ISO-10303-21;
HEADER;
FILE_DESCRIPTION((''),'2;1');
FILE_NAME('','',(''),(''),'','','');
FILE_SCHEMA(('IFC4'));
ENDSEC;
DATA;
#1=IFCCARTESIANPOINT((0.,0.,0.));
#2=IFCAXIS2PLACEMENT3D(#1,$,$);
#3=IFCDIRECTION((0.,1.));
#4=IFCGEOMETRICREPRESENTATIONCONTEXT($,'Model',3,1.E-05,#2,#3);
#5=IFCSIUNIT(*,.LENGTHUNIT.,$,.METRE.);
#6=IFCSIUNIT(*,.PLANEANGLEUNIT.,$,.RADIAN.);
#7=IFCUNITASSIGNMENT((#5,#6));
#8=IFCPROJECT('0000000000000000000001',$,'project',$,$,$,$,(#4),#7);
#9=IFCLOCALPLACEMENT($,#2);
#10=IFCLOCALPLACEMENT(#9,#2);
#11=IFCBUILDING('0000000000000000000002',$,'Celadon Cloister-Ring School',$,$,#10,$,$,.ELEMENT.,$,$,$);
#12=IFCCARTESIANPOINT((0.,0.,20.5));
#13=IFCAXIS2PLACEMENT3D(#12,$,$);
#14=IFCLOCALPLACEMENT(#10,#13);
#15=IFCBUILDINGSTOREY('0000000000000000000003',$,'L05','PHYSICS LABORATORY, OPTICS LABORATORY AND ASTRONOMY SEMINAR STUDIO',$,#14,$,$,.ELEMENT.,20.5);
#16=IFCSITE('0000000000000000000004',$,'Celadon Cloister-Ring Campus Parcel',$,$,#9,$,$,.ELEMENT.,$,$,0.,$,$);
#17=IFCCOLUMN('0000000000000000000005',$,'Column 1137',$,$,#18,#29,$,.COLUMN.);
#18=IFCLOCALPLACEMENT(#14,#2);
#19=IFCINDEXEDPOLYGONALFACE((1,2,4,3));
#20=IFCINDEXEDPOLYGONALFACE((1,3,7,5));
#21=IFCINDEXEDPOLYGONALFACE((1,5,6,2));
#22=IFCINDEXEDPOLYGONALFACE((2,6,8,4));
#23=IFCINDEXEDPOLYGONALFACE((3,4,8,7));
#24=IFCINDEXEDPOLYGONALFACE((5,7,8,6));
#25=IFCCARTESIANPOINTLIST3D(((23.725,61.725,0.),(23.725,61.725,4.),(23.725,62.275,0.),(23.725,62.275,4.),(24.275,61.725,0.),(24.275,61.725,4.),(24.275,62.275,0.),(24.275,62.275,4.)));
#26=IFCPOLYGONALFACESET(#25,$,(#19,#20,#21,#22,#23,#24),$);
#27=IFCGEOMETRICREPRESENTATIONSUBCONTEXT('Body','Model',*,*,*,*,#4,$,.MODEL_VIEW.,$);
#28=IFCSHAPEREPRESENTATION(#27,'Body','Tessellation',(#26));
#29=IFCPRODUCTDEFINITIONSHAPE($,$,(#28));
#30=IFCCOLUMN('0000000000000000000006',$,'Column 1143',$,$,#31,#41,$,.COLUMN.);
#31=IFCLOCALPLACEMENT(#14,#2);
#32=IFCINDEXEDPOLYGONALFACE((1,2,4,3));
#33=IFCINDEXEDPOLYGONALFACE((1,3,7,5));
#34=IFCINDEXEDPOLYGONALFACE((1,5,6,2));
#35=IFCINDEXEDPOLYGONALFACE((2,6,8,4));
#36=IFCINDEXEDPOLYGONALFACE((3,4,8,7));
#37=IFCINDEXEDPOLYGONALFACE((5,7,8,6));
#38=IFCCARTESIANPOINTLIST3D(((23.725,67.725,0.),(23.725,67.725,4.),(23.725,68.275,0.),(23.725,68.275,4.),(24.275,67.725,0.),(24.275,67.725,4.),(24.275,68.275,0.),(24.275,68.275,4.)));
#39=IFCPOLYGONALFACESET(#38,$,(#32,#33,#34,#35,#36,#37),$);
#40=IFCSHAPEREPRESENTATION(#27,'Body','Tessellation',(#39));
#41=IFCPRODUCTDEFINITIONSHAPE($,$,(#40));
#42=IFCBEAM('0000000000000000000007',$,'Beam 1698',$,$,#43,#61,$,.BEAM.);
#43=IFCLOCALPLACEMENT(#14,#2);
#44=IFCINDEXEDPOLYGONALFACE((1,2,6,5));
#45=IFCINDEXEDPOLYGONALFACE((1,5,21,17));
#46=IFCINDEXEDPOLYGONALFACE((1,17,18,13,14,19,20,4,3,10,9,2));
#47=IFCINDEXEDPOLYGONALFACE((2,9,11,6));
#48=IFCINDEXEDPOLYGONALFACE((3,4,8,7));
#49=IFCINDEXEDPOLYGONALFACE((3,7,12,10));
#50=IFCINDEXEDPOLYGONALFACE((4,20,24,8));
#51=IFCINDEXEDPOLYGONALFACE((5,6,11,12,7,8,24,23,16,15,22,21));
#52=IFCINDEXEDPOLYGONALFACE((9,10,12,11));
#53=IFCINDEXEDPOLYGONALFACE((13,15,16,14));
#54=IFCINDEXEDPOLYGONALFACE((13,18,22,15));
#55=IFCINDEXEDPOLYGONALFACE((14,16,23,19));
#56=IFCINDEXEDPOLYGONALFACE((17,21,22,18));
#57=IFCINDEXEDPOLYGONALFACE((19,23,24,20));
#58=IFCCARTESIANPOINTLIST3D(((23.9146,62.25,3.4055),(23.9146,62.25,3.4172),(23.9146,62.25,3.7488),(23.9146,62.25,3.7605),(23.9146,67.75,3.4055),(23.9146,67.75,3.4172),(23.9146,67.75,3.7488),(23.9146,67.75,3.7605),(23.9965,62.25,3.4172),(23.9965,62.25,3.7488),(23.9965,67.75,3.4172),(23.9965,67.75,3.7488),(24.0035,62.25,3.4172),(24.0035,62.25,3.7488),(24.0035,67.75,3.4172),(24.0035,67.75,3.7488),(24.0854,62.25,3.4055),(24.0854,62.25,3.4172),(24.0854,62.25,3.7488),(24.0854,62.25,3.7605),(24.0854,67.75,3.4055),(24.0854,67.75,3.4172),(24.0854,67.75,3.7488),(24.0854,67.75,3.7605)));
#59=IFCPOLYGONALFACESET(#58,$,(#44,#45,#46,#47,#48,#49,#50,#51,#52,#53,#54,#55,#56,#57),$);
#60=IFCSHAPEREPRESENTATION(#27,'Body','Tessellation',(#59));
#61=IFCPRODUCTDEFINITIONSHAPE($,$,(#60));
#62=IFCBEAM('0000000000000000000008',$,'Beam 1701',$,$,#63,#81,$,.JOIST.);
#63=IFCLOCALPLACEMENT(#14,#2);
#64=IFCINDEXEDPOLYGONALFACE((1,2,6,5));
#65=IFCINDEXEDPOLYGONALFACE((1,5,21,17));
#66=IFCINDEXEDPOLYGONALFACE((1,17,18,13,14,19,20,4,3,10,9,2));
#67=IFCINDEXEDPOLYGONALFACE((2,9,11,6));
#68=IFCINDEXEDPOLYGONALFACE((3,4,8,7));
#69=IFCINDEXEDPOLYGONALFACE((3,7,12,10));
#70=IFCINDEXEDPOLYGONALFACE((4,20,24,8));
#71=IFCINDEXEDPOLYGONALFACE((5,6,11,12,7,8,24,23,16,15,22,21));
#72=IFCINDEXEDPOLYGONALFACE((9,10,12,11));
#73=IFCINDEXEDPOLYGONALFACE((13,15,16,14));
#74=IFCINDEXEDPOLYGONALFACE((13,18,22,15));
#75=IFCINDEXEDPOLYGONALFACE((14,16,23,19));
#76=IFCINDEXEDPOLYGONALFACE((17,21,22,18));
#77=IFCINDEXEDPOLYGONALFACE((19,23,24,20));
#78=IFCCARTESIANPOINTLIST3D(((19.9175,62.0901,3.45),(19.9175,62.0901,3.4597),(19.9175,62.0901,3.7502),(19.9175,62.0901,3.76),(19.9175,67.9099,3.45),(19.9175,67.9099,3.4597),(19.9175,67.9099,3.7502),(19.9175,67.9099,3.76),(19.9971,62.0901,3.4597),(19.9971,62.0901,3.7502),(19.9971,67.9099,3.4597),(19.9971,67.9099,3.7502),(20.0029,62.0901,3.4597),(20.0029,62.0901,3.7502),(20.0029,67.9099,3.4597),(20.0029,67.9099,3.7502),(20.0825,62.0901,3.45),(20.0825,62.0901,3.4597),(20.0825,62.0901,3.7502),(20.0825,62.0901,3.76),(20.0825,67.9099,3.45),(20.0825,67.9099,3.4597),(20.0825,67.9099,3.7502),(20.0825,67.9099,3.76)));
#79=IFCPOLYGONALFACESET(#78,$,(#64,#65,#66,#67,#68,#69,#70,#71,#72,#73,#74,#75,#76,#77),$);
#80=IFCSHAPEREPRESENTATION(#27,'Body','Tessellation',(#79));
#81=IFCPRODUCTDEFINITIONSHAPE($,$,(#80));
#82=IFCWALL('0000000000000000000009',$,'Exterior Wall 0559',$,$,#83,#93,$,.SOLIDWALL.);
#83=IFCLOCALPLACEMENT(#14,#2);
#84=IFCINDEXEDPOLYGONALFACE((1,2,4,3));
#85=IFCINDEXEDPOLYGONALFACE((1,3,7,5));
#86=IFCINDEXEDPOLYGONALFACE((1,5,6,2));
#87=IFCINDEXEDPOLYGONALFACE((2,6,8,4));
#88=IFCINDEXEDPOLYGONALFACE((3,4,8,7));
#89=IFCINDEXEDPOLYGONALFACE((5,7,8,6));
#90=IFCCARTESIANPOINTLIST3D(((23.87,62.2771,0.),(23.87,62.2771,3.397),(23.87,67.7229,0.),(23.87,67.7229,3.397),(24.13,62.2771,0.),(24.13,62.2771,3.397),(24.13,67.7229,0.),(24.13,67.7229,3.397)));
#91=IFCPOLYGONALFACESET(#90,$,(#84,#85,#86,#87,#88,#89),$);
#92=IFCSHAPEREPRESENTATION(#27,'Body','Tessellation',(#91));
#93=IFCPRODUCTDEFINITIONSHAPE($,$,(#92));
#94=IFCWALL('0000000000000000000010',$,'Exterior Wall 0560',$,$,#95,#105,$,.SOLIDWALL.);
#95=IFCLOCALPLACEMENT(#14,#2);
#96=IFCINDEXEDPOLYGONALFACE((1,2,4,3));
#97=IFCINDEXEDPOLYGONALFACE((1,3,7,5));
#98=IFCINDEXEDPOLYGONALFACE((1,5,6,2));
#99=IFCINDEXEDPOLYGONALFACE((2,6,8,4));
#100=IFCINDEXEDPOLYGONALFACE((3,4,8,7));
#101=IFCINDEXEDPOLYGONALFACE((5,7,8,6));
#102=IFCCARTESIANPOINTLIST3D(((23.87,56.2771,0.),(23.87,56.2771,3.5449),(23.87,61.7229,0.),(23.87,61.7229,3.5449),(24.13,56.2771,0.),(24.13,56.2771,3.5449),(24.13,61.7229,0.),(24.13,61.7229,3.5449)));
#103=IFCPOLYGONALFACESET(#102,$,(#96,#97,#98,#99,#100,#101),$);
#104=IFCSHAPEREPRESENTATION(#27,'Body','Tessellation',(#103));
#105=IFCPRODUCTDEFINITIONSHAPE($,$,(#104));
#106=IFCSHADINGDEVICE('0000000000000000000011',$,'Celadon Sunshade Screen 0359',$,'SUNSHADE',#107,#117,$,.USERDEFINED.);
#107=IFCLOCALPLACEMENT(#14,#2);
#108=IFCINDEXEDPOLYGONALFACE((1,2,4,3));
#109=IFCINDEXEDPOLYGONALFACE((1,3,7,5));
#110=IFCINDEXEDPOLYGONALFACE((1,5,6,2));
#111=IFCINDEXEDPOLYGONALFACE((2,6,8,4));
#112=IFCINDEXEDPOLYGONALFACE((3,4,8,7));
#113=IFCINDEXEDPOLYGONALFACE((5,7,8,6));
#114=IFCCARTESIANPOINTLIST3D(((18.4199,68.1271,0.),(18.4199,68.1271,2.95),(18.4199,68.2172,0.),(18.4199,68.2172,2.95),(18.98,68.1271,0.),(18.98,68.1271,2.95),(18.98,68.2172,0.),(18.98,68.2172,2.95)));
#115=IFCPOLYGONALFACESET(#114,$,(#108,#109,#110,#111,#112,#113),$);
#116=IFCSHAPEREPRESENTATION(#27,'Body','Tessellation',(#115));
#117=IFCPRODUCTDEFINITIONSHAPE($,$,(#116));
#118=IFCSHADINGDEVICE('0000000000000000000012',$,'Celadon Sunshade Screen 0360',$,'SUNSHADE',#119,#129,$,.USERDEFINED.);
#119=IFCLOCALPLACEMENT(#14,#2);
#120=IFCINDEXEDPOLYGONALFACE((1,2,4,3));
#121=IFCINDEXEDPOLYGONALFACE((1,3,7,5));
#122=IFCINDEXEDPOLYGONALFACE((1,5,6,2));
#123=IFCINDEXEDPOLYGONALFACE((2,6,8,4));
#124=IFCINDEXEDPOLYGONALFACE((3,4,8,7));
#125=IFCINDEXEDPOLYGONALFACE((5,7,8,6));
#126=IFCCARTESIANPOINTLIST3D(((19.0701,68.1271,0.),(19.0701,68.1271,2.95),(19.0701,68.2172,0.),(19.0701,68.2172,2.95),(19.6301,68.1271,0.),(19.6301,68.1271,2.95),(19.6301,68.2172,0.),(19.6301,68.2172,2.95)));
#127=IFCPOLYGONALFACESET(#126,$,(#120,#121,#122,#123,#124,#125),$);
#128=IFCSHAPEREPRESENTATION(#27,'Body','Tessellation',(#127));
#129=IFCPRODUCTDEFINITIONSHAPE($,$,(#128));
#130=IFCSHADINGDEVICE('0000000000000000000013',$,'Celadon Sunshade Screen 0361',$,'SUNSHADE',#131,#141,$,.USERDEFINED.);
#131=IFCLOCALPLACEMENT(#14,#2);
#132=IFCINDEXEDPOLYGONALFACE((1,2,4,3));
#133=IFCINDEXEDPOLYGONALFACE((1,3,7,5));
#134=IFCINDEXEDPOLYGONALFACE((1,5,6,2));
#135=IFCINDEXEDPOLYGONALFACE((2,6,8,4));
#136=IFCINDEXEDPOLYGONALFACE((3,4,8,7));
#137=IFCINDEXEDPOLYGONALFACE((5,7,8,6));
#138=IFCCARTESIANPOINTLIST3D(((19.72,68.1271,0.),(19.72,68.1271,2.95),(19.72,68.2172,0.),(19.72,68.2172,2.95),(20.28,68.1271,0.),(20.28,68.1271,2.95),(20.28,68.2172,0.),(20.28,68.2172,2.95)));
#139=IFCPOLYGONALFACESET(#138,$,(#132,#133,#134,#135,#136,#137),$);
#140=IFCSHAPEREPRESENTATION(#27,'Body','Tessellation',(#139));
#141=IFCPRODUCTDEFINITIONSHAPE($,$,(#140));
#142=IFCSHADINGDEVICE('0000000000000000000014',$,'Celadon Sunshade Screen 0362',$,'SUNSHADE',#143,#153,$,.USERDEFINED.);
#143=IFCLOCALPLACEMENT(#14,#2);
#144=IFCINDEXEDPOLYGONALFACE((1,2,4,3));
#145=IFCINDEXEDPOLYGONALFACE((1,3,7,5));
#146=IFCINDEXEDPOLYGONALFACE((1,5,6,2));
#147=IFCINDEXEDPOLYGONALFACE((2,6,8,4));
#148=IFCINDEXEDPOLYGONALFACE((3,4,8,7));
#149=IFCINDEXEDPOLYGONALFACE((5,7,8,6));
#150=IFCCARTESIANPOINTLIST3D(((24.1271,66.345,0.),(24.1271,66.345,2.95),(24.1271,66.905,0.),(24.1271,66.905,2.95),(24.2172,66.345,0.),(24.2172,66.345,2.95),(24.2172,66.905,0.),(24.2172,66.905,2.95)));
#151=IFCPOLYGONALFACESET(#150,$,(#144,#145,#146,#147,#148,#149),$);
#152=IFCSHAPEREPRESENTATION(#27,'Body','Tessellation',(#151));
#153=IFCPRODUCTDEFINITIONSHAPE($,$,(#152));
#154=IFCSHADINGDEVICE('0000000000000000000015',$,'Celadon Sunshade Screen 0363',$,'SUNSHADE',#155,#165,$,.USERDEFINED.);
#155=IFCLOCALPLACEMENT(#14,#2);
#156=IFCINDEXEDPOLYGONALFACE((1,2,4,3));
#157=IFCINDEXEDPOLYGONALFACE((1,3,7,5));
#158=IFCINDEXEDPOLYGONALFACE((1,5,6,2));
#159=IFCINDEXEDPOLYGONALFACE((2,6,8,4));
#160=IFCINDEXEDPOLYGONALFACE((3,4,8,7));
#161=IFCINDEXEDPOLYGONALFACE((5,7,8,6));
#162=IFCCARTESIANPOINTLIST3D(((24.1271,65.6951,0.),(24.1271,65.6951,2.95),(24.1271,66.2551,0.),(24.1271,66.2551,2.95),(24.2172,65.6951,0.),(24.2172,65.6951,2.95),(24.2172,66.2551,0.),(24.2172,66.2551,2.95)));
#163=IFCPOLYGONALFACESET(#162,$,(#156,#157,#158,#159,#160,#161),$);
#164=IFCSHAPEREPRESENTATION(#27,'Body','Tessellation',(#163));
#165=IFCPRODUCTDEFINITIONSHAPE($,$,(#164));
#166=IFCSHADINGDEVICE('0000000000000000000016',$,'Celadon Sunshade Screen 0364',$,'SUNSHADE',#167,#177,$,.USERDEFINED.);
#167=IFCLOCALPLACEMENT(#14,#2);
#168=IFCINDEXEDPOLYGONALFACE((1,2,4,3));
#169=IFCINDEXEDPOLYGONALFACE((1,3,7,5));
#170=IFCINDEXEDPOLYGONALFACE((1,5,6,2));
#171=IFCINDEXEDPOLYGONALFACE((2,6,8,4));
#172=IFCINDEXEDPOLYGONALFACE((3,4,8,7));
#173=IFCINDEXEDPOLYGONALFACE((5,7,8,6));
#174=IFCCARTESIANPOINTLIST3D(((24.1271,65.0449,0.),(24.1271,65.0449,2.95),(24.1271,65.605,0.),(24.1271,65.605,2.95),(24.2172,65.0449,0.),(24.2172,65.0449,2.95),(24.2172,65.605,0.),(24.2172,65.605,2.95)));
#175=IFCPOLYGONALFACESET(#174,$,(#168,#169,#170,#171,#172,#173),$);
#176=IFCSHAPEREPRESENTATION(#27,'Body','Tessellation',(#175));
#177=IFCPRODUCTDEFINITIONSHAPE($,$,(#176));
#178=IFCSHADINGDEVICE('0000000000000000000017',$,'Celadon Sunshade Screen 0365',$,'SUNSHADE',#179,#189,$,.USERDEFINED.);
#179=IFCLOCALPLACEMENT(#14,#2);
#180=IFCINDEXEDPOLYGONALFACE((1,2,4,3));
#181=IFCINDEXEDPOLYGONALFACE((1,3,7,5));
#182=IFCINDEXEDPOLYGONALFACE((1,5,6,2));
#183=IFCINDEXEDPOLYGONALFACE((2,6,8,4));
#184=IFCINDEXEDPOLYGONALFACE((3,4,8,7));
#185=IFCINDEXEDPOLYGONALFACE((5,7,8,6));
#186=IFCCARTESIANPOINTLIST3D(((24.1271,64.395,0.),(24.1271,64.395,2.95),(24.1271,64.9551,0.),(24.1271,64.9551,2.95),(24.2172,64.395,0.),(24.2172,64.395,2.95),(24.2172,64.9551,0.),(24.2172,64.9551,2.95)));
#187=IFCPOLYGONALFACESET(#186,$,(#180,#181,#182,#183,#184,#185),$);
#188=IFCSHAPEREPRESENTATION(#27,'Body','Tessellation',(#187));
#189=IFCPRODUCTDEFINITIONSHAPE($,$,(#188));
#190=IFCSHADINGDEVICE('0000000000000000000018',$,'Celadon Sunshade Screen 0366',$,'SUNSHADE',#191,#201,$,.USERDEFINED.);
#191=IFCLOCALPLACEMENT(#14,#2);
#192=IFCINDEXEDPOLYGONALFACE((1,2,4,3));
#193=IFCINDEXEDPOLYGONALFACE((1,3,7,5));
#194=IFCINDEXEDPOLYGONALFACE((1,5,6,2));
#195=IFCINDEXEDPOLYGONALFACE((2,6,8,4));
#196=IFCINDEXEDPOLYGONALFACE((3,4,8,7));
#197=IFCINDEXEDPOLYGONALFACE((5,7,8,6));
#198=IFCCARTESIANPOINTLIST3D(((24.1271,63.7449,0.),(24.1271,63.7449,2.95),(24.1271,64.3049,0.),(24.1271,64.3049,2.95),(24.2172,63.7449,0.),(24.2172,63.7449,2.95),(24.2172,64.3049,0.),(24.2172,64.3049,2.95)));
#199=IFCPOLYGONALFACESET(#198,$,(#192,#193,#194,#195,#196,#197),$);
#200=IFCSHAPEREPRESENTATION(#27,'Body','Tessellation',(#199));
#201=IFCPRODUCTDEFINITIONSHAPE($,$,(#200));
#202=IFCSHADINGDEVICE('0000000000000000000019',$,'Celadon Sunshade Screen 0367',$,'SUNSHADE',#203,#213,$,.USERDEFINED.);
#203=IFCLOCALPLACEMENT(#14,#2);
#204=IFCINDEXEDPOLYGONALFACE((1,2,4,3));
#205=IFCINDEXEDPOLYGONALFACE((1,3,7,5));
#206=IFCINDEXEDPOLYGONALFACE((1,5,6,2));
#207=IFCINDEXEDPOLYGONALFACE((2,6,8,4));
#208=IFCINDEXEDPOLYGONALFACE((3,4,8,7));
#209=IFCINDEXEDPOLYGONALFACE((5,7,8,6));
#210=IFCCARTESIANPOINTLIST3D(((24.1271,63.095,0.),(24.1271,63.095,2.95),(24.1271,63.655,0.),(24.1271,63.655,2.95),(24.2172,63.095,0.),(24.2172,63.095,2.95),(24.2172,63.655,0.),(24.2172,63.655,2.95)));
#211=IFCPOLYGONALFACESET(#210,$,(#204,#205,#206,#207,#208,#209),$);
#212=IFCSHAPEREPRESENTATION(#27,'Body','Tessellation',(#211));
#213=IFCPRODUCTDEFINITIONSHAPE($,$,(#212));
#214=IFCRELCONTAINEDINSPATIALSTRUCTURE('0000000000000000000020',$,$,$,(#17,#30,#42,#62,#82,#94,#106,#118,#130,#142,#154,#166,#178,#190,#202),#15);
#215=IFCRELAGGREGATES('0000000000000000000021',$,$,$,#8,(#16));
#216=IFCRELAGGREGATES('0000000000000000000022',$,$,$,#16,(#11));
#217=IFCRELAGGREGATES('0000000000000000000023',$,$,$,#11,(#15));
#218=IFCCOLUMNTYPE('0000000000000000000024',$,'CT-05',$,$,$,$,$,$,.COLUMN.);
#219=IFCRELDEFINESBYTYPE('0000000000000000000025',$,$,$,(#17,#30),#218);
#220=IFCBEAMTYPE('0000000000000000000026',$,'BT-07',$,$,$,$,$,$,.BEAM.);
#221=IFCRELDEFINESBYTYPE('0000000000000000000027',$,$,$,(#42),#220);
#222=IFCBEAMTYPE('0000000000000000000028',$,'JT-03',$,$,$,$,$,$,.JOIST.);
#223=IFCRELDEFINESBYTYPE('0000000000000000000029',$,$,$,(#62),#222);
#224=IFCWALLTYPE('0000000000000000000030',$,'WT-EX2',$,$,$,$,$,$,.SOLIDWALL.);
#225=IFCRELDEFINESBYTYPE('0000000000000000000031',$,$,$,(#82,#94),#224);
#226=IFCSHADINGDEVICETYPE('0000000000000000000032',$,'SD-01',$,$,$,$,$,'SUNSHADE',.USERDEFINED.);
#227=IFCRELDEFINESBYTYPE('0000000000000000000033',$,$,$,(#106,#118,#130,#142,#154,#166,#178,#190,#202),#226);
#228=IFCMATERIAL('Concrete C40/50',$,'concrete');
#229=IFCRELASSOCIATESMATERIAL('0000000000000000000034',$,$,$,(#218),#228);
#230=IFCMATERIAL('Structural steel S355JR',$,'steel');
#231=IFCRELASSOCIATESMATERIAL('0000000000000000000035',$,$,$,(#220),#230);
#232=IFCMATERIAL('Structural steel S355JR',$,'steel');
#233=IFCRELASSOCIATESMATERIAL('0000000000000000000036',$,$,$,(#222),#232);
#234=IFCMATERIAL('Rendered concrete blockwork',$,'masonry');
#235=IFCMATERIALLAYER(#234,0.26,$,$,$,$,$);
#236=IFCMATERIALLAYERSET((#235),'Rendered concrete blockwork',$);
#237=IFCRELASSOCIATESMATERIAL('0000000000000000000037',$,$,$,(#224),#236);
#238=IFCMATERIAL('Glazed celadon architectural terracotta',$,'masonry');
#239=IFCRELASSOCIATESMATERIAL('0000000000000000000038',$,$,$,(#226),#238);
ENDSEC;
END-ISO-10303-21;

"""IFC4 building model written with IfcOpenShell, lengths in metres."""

from ifc_helpers import new_model, si_unit, direction, frame, frame_2d, origin, origin_2d, place, context, subcontext, project, spatial, rectangle, i_section, extrude, material, layer, layer_set, material_profile, profile_set, type_object, element, save


model = new_model("IFC4")

# Units and contexts
model_context = context("Model", 3, precision=1e-05, world=origin(), true_north=direction((0.0, 1.0)))
body_context = subcontext(model_context, "Body", "Model", "MODEL_VIEW")
ifc_project = project(units=[si_unit("LENGTHUNIT", "METRE"), si_unit("PLANEANGLEUNIT", "RADIAN")], contexts=[model_context])

# Site, building, storey
site_placement = place(None, origin())
site = spatial("IfcSite", under=ifc_project, at=site_placement, Name="Celadon Cloister-Ring Campus Parcel", CompositionType="ELEMENT", RefElevation=0.0)
building_placement = place(site_placement, origin())
building = spatial("IfcBuilding", under=site, at=building_placement, Name="Celadon Cloister-Ring School", CompositionType="ELEMENT")
storey_placement = place(building_placement, frame((0.0, 0.0, 20.5)))
storey = spatial("IfcBuildingStorey", under=building, at=storey_placement, Name="L05", Description="PHYSICS LABORATORY, OPTICS LABORATORY AND ASTRONOMY SEMINAR STUDIO", CompositionType="ELEMENT", Elevation=20.5)

# Columns
ifc_material_1 = material(Name="Concrete C40/50", Category="concrete")
ifc_material_profile_1 = material_profile(ifc_material_1, rectangle(XDim=0.55, YDim=0.55, at=origin_2d()), Name="RC550X550")
ifc_profile_set_1 = profile_set([ifc_material_profile_1], Name="Concrete C40/50")
column_type = type_object("IfcColumnType", Name="CT-05", PredefinedType="COLUMN", material=ifc_profile_set_1)
for number, where, z_axis, x_axis, name in (
    (1, (24.0, 62.0, 0.0), (0.0, 0.0, 1.0), (1.0, 0.0, 0.0), "Column 1137"),
    (2, (24.0, 68.0, 0.0), (0.0, 0.0, 1.0), (1.0, 0.0, 0.0), "Column 1143"),
):
    element("IfcColumn", number, at=place(storey_placement, frame(where, z_axis=z_axis, x_axis=x_axis)), inside=storey, type_object=column_type, Name=name, PredefinedType="COLUMN", context=body_context, shape_type="SweptSolid", body=[
        extrude(rectangle(XDim=0.55, YDim=0.55, at=origin_2d()), origin(), (0.0, 0.0, 1.0), 4.0),
    ])

# Beams
ifc_material_2 = material(Name="Structural steel S355JR", Category="steel")
ifc_material_profile_2 = material_profile(ifc_material_2, i_section(OverallWidth=0.1709, OverallDepth=0.355, WebThickness=0.0071, FlangeThickness=0.0117, at=origin_2d()), Name="W360X51")
ifc_profile_set_2 = profile_set([ifc_material_profile_2], Name="Structural steel S355JR")
beam_type_1 = type_object("IfcBeamType", Name="BT-07", PredefinedType="BEAM", material=ifc_profile_set_2)
beam_1_placement = place(storey_placement, frame((24.0, 62.25, 3.583), z_axis=(0.0, 1.0, 0.0), x_axis=(-1.0, 0.0, 0.0)))
element("IfcBeam", 3, at=beam_1_placement, inside=storey, type_object=beam_type_1, Name="Beam 1698", PredefinedType="BEAM", context=body_context, shape_type="SweptSolid", body=[
    extrude(i_section(OverallWidth=0.1709, OverallDepth=0.355, WebThickness=0.0071, FlangeThickness=0.0117, at=origin_2d()), origin(), (0.0, 0.0, 1.0), 5.5),
])
ifc_material_3 = material(Name="Structural steel S355JR", Category="steel")
ifc_material_profile_3 = material_profile(ifc_material_3, i_section(OverallWidth=0.165, OverallDepth=0.3101, WebThickness=0.0059, FlangeThickness=0.0098, at=origin_2d()), Name="W310X39")
ifc_profile_set_3 = profile_set([ifc_material_profile_3], Name="Structural steel S355JR")
beam_type_2 = type_object("IfcBeamType", Name="JT-03", PredefinedType="JOIST", material=ifc_profile_set_3)
beam_2_placement = place(storey_placement, frame((20.0, 62.0901, 3.605), z_axis=(0.0, 1.0, 0.0), x_axis=(-1.0, 0.0, 0.0)))
element("IfcBeam", 4, at=beam_2_placement, inside=storey, type_object=beam_type_2, Name="Beam 1701", PredefinedType="JOIST", context=body_context, shape_type="SweptSolid", body=[
    extrude(i_section(OverallWidth=0.165, OverallDepth=0.3101, WebThickness=0.0059, FlangeThickness=0.0098, at=origin_2d()), origin(), (0.0, 0.0, 1.0), 5.8198),
])

# Walls
ifc_material_4 = material(Name="Rendered concrete blockwork", Category="masonry")
ifc_layer = layer(ifc_material_4, 0.26)
ifc_layer_set = layer_set([ifc_layer], Name="Rendered concrete blockwork")
wall_type = type_object("IfcWallType", Name="WT-EX2", PredefinedType="SOLIDWALL", material=ifc_layer_set)
wall_1_placement = place(storey_placement, frame((24.0, 67.7229, 0.0), z_axis=(0.0, 0.0, 1.0), x_axis=(0.0, -1.0, 0.0)))
element("IfcWall", 5, at=wall_1_placement, inside=storey, type_object=wall_type, Name="Exterior Wall 0559", PredefinedType="SOLIDWALL", context=body_context, shape_type="SweptSolid", body=[
    extrude(rectangle(XDim=5.4458, YDim=0.26, at=frame_2d((2.7229, 0.0))), origin(), (0.0, 0.0, 1.0), 3.397),
])
wall_2_placement = place(storey_placement, frame((24.0, 61.7229, 0.0), z_axis=(0.0, 0.0, 1.0), x_axis=(0.0, -1.0, 0.0)))
element("IfcWall", 6, at=wall_2_placement, inside=storey, type_object=wall_type, Name="Exterior Wall 0560", PredefinedType="SOLIDWALL", context=body_context, shape_type="SweptSolid", body=[
    extrude(rectangle(XDim=5.4458, YDim=0.26, at=frame_2d((2.7229, 0.0))), origin(), (0.0, 0.0, 1.0), 3.5449),
])

# Shading devices
ifc_material_5 = material(Name="Glazed celadon architectural terracotta", Category="masonry")
shading_device_type = type_object("IfcShadingDeviceType", Name="SD-01", ElementType="SUNSHADE", PredefinedType="USERDEFINED", material=ifc_material_5)
for number, where, z_axis, x_axis, name in (
    (7, (18.7, 68.1721, 0.0), (0.0, 0.0, 1.0), (1.0, 0.0, 0.0), "Celadon Sunshade Screen 0359"),
    (8, (19.3501, 68.1721, 0.0), (0.0, 0.0, 1.0), (1.0, 0.0, 0.0), "Celadon Sunshade Screen 0360"),
    (9, (20.0, 68.1721, 0.0), (0.0, 0.0, 1.0), (1.0, 0.0, 0.0), "Celadon Sunshade Screen 0361"),
    (10, (24.1721, 66.625, 0.0), (0.0, 0.0, 1.0), (0.0, -1.0, 0.0), "Celadon Sunshade Screen 0362"),
    (11, (24.1721, 65.9751, 0.0), (0.0, 0.0, 1.0), (0.0, -1.0, 0.0), "Celadon Sunshade Screen 0363"),
    (12, (24.1721, 65.325, 0.0), (0.0, 0.0, 1.0), (0.0, -1.0, 0.0), "Celadon Sunshade Screen 0364"),
    (13, (24.1721, 64.675, 0.0), (0.0, 0.0, 1.0), (0.0, -1.0, 0.0), "Celadon Sunshade Screen 0365"),
    (14, (24.1721, 64.0249, 0.0), (0.0, 0.0, 1.0), (0.0, -1.0, 0.0), "Celadon Sunshade Screen 0366"),
    (15, (24.1721, 63.375, 0.0), (0.0, 0.0, 1.0), (0.0, -1.0, 0.0), "Celadon Sunshade Screen 0367"),
):
    element("IfcShadingDevice", number, at=place(storey_placement, frame(where, z_axis=z_axis, x_axis=x_axis)), inside=storey, type_object=shading_device_type, Name=name, ObjectType="SUNSHADE", PredefinedType="USERDEFINED", context=body_context, shape_type="SweptSolid", body=[
        extrude(rectangle(XDim=0.5601, YDim=0.0901, at=origin_2d()), origin(), (0.0, 0.0, 1.0), 2.95),
    ])

save(model, "model.ifc")
